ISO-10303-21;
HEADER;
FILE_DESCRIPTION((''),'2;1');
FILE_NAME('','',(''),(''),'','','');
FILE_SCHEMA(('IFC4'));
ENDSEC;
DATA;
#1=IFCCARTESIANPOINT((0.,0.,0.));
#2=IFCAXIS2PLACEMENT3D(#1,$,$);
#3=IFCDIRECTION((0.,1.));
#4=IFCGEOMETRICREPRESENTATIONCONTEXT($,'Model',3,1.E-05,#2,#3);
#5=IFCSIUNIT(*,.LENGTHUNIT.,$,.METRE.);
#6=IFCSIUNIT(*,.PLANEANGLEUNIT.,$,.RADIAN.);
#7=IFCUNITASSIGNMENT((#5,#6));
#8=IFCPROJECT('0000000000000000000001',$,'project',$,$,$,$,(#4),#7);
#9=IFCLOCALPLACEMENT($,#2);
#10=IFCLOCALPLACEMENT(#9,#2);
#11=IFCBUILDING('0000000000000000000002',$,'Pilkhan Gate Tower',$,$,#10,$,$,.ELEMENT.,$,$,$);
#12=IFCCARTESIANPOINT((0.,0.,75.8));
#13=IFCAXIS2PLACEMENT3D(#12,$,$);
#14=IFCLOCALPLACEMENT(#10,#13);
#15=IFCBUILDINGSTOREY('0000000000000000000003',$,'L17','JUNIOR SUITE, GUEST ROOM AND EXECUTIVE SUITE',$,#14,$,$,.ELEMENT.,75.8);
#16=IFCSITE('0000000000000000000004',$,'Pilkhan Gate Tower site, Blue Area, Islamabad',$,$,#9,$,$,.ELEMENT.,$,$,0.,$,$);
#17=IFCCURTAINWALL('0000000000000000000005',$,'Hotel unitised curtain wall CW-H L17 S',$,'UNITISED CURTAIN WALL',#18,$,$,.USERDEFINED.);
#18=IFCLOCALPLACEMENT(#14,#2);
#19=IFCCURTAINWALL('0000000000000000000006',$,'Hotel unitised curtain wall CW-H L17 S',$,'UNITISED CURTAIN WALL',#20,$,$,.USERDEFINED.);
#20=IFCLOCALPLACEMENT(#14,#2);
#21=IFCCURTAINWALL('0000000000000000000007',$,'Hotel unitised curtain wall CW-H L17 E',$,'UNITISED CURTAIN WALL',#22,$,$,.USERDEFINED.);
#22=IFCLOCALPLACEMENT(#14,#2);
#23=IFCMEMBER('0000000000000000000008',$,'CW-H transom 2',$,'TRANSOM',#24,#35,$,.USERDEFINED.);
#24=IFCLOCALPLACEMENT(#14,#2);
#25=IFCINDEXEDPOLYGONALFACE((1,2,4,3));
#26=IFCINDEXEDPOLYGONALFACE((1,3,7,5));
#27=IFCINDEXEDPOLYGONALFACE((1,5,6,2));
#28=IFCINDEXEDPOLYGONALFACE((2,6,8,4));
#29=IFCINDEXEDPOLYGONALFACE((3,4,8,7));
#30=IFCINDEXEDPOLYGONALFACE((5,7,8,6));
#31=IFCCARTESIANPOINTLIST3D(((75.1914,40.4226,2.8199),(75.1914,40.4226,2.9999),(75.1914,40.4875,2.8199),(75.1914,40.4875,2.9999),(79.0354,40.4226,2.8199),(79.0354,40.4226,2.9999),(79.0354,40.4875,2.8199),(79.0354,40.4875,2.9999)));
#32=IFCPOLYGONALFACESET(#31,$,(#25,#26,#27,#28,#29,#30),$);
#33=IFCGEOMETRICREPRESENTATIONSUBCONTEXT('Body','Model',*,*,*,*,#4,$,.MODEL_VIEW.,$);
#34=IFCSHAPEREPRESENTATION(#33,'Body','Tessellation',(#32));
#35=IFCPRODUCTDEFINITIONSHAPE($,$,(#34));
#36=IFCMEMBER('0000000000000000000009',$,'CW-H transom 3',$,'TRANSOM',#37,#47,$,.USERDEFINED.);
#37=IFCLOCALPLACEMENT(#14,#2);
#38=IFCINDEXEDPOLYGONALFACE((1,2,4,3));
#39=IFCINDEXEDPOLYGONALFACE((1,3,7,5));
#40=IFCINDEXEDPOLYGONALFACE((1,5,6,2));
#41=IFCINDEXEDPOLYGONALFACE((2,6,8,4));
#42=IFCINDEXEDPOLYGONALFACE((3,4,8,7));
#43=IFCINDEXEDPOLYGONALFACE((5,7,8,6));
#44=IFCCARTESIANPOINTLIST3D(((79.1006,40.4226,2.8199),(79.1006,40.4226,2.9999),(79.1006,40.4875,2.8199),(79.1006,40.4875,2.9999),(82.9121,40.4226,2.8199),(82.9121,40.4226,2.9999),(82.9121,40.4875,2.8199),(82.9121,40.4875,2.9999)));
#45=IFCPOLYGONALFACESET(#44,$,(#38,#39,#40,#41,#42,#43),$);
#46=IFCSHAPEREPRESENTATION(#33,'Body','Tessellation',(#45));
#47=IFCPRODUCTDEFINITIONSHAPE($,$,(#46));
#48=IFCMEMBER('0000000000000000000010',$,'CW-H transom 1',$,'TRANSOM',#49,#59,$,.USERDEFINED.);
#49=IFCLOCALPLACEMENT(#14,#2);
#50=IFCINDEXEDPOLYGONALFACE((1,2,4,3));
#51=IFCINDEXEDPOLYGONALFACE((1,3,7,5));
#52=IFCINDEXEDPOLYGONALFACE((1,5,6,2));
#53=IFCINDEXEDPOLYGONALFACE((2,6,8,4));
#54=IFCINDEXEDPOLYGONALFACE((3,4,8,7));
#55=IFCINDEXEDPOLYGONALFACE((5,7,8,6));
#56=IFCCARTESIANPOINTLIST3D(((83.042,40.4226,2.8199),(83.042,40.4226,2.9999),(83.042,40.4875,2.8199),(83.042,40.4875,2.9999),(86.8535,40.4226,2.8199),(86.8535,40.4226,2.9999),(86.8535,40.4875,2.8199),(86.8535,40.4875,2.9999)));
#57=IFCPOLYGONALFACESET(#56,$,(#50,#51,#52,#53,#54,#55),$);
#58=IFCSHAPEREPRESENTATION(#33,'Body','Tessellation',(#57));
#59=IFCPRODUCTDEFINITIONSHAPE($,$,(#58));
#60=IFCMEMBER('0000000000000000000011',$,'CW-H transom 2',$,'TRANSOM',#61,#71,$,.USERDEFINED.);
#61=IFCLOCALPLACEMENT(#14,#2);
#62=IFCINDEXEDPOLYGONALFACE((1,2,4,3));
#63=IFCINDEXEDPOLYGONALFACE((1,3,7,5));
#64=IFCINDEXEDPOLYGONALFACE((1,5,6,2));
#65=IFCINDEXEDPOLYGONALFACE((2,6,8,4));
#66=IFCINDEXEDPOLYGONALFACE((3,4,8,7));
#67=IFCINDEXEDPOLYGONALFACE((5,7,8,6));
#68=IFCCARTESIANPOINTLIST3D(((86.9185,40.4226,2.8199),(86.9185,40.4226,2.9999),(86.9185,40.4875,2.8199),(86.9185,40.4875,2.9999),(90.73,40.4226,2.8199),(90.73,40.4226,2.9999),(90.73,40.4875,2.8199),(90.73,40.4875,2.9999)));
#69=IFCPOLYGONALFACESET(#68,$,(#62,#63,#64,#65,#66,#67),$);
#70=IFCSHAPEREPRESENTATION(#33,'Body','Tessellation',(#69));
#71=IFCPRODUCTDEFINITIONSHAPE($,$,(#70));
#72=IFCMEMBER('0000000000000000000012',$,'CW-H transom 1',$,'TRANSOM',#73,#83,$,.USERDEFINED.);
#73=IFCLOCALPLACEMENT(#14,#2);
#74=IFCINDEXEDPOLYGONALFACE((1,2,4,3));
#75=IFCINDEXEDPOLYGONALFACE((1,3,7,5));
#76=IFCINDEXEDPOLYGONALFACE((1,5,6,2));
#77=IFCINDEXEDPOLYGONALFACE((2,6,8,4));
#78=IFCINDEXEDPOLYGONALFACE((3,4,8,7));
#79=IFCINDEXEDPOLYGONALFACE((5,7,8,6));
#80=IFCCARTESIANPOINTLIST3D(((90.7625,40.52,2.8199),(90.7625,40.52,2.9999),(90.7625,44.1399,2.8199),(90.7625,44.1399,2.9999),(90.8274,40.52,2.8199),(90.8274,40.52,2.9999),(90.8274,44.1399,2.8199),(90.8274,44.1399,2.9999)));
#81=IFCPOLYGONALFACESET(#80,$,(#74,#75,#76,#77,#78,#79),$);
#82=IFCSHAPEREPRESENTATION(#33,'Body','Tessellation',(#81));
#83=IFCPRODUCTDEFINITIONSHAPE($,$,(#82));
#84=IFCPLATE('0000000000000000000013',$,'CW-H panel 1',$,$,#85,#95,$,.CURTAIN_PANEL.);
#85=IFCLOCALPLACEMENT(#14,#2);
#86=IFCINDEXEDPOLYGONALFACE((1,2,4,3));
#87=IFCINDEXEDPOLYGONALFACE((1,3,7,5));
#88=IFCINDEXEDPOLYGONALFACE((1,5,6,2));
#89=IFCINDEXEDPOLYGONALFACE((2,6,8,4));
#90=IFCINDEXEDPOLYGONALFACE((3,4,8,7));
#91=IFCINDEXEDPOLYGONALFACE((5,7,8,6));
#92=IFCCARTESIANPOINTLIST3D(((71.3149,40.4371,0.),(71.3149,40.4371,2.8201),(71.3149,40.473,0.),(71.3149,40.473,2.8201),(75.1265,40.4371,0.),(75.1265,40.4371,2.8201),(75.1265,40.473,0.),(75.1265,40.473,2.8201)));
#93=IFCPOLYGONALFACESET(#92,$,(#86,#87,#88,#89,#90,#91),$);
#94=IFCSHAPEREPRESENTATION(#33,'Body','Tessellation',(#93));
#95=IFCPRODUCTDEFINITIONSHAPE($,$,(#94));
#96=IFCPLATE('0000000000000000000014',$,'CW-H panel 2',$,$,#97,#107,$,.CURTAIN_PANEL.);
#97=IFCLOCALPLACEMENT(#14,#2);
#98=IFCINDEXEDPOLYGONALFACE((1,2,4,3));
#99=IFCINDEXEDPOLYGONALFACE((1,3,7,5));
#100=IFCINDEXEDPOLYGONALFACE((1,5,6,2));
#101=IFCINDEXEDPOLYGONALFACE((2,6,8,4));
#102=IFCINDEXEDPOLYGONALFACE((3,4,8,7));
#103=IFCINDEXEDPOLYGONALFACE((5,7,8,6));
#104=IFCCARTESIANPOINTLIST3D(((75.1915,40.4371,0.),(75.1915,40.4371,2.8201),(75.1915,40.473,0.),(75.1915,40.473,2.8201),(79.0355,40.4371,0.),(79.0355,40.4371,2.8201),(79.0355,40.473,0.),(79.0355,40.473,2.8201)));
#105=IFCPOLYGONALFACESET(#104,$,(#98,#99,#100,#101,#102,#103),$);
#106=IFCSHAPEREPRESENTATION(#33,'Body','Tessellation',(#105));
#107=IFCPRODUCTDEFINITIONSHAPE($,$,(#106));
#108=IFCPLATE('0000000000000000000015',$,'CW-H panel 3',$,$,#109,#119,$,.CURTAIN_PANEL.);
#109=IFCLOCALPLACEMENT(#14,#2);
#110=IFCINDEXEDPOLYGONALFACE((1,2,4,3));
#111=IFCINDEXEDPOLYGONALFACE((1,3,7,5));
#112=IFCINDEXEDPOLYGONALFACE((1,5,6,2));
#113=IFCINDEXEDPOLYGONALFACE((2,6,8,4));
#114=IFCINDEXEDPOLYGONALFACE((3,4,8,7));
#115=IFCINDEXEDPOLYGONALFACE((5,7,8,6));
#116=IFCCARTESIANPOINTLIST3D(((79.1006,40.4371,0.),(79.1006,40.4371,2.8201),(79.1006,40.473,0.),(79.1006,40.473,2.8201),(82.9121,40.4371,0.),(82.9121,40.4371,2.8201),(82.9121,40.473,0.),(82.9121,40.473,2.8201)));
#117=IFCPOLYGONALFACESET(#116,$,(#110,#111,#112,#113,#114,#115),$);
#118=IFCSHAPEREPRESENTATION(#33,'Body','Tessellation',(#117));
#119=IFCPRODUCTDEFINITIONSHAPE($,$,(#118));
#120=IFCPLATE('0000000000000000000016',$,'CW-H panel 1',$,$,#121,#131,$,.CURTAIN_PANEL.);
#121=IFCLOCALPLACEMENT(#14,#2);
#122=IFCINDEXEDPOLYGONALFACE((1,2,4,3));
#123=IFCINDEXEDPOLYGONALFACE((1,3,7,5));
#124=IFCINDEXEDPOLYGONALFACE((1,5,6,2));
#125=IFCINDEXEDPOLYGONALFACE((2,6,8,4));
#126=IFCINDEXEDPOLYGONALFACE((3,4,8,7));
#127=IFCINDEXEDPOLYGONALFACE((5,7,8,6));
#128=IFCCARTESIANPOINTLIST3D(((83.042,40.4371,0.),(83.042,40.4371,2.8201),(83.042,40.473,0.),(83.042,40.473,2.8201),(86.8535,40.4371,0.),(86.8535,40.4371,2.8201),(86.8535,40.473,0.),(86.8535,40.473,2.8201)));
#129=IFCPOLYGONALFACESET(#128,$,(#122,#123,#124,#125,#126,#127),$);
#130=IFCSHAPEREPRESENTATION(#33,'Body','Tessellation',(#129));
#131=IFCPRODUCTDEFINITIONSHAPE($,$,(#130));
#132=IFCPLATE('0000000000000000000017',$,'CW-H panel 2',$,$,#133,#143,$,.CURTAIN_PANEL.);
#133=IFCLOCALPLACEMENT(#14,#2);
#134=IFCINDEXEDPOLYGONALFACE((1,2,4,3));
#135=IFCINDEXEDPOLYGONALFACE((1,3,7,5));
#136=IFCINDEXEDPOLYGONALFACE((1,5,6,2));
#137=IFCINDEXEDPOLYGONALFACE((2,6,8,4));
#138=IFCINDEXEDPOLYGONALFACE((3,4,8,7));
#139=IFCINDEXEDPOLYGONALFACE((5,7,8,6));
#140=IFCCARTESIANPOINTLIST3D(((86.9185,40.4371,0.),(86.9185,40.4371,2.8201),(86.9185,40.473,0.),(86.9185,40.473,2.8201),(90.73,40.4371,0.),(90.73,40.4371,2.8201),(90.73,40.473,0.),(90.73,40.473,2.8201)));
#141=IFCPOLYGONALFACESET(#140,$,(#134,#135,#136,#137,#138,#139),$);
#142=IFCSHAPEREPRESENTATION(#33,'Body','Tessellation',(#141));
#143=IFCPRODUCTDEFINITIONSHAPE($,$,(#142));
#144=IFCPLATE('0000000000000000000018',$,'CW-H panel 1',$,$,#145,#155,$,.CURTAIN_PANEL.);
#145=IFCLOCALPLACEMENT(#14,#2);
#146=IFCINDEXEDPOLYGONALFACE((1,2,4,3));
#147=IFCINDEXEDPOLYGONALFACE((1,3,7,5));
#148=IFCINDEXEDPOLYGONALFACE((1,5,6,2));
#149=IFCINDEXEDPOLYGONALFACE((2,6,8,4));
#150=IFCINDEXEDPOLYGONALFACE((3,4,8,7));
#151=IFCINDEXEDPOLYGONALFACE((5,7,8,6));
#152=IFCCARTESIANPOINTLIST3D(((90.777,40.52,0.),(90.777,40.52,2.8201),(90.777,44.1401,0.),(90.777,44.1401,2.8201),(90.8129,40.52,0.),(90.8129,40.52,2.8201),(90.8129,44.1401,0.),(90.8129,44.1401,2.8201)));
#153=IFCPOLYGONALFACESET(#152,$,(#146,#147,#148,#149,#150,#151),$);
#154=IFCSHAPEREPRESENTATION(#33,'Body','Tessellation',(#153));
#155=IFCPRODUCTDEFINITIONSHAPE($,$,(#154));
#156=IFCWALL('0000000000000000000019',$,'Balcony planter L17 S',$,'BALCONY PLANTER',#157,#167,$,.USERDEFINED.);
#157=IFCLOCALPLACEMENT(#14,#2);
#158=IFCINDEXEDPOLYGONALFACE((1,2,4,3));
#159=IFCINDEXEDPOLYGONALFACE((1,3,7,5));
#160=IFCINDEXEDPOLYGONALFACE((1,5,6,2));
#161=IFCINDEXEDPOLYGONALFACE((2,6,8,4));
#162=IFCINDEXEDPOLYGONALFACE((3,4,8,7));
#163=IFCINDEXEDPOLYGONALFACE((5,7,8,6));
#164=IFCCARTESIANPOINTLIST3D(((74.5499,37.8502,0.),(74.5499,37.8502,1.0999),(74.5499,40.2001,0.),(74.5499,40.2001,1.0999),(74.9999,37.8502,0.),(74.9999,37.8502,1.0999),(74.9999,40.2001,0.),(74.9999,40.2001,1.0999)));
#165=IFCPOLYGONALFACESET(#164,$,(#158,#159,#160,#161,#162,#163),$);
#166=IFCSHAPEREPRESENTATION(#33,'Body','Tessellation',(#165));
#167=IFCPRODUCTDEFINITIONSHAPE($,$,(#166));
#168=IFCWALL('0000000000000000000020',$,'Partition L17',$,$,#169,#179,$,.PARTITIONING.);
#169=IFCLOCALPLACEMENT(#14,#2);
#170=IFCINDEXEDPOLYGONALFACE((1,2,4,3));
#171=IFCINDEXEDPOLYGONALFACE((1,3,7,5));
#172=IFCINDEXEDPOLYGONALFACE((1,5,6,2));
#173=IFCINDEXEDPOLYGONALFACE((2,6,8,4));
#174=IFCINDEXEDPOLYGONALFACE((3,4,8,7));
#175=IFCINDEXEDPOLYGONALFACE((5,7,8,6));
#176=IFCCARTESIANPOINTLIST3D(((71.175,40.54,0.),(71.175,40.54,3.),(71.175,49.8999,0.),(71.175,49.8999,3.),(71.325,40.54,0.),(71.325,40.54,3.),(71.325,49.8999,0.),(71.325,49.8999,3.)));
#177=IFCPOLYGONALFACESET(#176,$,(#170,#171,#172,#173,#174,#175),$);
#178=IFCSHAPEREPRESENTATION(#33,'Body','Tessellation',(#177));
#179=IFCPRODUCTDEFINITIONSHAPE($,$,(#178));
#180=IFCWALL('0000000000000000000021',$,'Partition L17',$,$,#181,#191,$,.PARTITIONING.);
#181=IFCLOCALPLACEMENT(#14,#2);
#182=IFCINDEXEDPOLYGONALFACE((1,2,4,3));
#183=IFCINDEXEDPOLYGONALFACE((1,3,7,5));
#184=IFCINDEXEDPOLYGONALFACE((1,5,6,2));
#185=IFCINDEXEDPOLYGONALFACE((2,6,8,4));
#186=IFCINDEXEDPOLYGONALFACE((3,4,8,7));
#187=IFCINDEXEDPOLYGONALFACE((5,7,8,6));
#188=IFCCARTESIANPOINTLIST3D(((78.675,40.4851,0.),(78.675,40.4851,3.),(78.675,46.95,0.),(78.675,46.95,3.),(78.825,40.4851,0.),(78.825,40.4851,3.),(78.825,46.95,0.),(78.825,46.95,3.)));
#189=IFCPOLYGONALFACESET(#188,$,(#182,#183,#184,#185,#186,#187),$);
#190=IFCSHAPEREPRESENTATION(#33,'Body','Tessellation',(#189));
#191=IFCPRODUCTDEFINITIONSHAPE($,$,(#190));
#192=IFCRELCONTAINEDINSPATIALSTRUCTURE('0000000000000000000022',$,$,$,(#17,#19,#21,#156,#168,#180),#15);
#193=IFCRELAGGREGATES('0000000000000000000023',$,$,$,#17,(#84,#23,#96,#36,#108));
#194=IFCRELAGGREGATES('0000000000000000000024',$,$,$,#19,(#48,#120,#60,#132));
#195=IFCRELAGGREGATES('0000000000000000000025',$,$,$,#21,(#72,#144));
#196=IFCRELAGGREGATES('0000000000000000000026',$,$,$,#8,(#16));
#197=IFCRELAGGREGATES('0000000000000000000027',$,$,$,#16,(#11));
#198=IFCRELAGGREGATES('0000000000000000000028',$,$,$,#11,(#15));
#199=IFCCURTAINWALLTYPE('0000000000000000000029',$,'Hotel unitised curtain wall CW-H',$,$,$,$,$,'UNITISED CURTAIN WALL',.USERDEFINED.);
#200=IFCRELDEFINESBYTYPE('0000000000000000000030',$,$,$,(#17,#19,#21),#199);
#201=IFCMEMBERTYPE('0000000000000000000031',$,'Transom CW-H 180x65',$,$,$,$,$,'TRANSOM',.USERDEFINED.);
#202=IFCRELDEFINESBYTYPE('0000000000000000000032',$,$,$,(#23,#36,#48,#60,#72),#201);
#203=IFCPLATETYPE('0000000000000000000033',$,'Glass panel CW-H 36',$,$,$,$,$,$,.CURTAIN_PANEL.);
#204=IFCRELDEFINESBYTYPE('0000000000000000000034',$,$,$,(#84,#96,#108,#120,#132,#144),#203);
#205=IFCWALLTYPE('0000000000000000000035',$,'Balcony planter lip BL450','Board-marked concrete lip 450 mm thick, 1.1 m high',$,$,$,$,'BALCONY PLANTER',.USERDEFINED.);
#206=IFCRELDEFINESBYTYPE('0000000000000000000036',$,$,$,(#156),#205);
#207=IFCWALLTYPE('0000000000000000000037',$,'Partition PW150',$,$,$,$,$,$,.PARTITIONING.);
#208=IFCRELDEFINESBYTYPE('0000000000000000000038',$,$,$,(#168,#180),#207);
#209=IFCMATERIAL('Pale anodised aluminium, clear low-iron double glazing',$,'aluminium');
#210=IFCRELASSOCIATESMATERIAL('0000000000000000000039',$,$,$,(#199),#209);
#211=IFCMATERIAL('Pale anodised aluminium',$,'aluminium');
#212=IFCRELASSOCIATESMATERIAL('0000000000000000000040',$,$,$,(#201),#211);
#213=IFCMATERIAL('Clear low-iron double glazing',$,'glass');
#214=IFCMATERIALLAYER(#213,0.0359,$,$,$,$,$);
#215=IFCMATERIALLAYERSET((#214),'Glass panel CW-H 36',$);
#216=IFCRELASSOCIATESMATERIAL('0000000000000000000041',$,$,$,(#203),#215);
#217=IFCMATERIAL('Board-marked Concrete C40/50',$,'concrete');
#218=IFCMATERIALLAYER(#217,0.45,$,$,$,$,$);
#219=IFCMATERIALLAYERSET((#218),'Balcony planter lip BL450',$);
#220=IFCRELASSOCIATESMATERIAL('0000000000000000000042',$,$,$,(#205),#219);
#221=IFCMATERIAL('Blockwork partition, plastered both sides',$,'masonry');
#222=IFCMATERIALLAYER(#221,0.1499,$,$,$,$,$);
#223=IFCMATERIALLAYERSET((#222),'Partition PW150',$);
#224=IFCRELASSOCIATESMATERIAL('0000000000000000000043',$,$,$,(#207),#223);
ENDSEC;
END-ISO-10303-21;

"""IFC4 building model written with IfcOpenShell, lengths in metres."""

from ifc_helpers import new_model, si_unit, direction, frame, frame_2d, origin, origin_2d, place, context, subcontext, project, spatial, rectangle, extrude, material, layer, layer_set, material_profile, profile_set, type_object, element, aggregate, save


model = new_model("IFC4")

# Units and contexts
model_context = context("Model", 3, precision=1e-05, world=origin(), true_north=direction((0.0, 1.0)))
body_context = subcontext(model_context, "Body", "Model", "MODEL_VIEW")
ifc_project = project(units=[si_unit("LENGTHUNIT", "METRE"), si_unit("PLANEANGLEUNIT", "RADIAN")], contexts=[model_context])

# Site, building, storey
site_placement = place(None, origin())
site = spatial("IfcSite", under=ifc_project, at=site_placement, Name="Pilkhan Gate Tower site, Blue Area, Islamabad", CompositionType="ELEMENT", RefElevation=0.0)
building_placement = place(site_placement, origin())
building = spatial("IfcBuilding", under=site, at=building_placement, Name="Pilkhan Gate Tower", CompositionType="ELEMENT")
storey_placement = place(building_placement, frame((0.0, 0.0, 75.8)))
storey = spatial("IfcBuildingStorey", under=building, at=storey_placement, Name="L17", Description="JUNIOR SUITE, GUEST ROOM AND EXECUTIVE SUITE", CompositionType="ELEMENT", Elevation=75.8)

# Curtain walls
ifc_material_1 = material(Name="Pale anodised aluminium, clear low-iron double glazing", Category="aluminium")
curtain_wall_type = type_object("IfcCurtainWallType", Name="Hotel unitised curtain wall CW-H", ElementType="UNITISED CURTAIN WALL", PredefinedType="USERDEFINED", material=ifc_material_1)
curtain_wall_1_placement = place(storey_placement, origin())
curtain_wall_1 = element("IfcCurtainWall", 1, at=curtain_wall_1_placement, inside=storey, type_object=curtain_wall_type, Name="Hotel unitised curtain wall CW-H L17 S", ObjectType="UNITISED CURTAIN WALL", PredefinedType="USERDEFINED")
ifc_material_2 = material(Name="Pale anodised aluminium", Category="aluminium")
curtain_wall_2_placement = place(storey_placement, origin())
curtain_wall_2 = element("IfcCurtainWall", 2, at=curtain_wall_2_placement, inside=storey, type_object=curtain_wall_type, Name="Hotel unitised curtain wall CW-H L17 S", ObjectType="UNITISED CURTAIN WALL", PredefinedType="USERDEFINED")
curtain_wall_3_placement = place(storey_placement, origin())
curtain_wall_3 = element("IfcCurtainWall", 3, at=curtain_wall_3_placement, inside=storey, type_object=curtain_wall_type, Name="Hotel unitised curtain wall CW-H L17 E", ObjectType="UNITISED CURTAIN WALL", PredefinedType="USERDEFINED")

# Members
ifc_material_profile_1 = material_profile(ifc_material_2, rectangle(XDim=0.0649, YDim=0.1799, at=origin_2d()), Name="Transom 180x65")
ifc_profile_set_1 = profile_set([ifc_material_profile_1], Name="Pale anodised aluminium")
member_type_1 = type_object("IfcMemberType", Name="Transom CW-H 180x65", ElementType="TRANSOM", PredefinedType="USERDEFINED", material=ifc_profile_set_1)
member_1_placement = place(storey_placement, frame((75.1914, 40.4551, 2.9099), z_axis=(1.0, 0.0, 0.0), x_axis=(0.0, 1.0, 0.0)))
member_1 = element("IfcMember", 4, at=member_1_placement, type_object=member_type_1, Name="CW-H transom 2", ObjectType="TRANSOM", PredefinedType="USERDEFINED", context=body_context, shape_type="SweptSolid", body=[
    extrude(rectangle(XDim=0.0649, YDim=0.1799, at=origin_2d()), origin(), (0.0, 0.0, 1.0), 3.844),
])
member_2_placement = place(storey_placement, frame((79.1006, 40.4551, 2.9099), z_axis=(1.0, 0.0, 0.0), x_axis=(0.0, 1.0, 0.0)))
member_2 = element("IfcMember", 5, at=member_2_placement, type_object=member_type_1, Name="CW-H transom 3", ObjectType="TRANSOM", PredefinedType="USERDEFINED", context=body_context, shape_type="SweptSolid", body=[
    extrude(rectangle(XDim=0.0649, YDim=0.1799, at=origin_2d()), origin(), (0.0, 0.0, 1.0), 3.8115),
])
member_3_placement = place(storey_placement, frame((83.042, 40.4551, 2.9099), z_axis=(1.0, 0.0, 0.0), x_axis=(0.0, 1.0, 0.0)))
member_3 = element("IfcMember", 6, at=member_3_placement, type_object=member_type_1, Name="CW-H transom 1", ObjectType="TRANSOM", PredefinedType="USERDEFINED", context=body_context, shape_type="SweptSolid", body=[
    extrude(rectangle(XDim=0.0649, YDim=0.1799, at=origin_2d()), origin(), (0.0, 0.0, 1.0), 3.8115),
])
member_4_placement = place(storey_placement, frame((86.9185, 40.4551, 2.9099), z_axis=(1.0, 0.0, 0.0), x_axis=(0.0, 1.0, 0.0)))
member_4 = element("IfcMember", 7, at=member_4_placement, type_object=member_type_1, Name="CW-H transom 2", ObjectType="TRANSOM", PredefinedType="USERDEFINED", context=body_context, shape_type="SweptSolid", body=[
    extrude(rectangle(XDim=0.0649, YDim=0.1799, at=origin_2d()), origin(), (0.0, 0.0, 1.0), 3.8115),
])
member_5_placement = place(storey_placement, frame((90.7949, 40.52, 2.9099), z_axis=(0.0, 1.0, 0.0), x_axis=(-1.0, 0.0, 0.0)))
member_5 = element("IfcMember", 8, at=member_5_placement, type_object=member_type_1, Name="CW-H transom 1", ObjectType="TRANSOM", PredefinedType="USERDEFINED", context=body_context, shape_type="SweptSolid", body=[
    extrude(rectangle(XDim=0.0649, YDim=0.1799, at=origin_2d()), origin(), (0.0, 0.0, 1.0), 3.6199),
])

# Plates
ifc_material_3 = material(Name="Clear low-iron double glazing", Category="glass")
ifc_layer_1 = layer(ifc_material_3, 0.0359)
ifc_layer_set_1 = layer_set([ifc_layer_1], Name="Glass panel CW-H 36")
plate_type = type_object("IfcPlateType", Name="Glass panel CW-H 36", PredefinedType="CURTAIN_PANEL", material=ifc_layer_set_1)
plate_1_placement = place(storey_placement, frame((73.2207, 40.4551, 0.0), z_axis=(0.0, 0.0, 1.0), x_axis=(1.0, 0.0, 0.0)))
plate_1 = element("IfcPlate", 9, at=plate_1_placement, type_object=plate_type, Name="CW-H panel 1", PredefinedType="CURTAIN_PANEL", context=body_context, shape_type="SweptSolid", body=[
    extrude(rectangle(XDim=3.8115, YDim=0.0359, at=origin_2d()), origin(), (0.0, 0.0, 1.0), 2.8201),
])
plate_2_placement = place(storey_placement, frame((77.1135, 40.4551, 0.0), z_axis=(0.0, 0.0, 1.0), x_axis=(1.0, 0.0, 0.0)))
plate_2 = element("IfcPlate", 10, at=plate_2_placement, type_object=plate_type, Name="CW-H panel 2", PredefinedType="CURTAIN_PANEL", context=body_context, shape_type="SweptSolid", body=[
    extrude(rectangle(XDim=3.844, YDim=0.0359, at=origin_2d()), origin(), (0.0, 0.0, 1.0), 2.8201),
])
plate_3_placement = place(storey_placement, frame((81.0063, 40.4551, 0.0), z_axis=(0.0, 0.0, 1.0), x_axis=(1.0, 0.0, 0.0)))
plate_3 = element("IfcPlate", 11, at=plate_3_placement, type_object=plate_type, Name="CW-H panel 3", PredefinedType="CURTAIN_PANEL", context=body_context, shape_type="SweptSolid", body=[
    extrude(rectangle(XDim=3.8115, YDim=0.0359, at=origin_2d()), origin(), (0.0, 0.0, 1.0), 2.8201),
])
aggregate(curtain_wall_1, [plate_1, member_1, plate_2, member_2, plate_3])
plate_4_placement = place(storey_placement, frame((84.9478, 40.4551, 0.0), z_axis=(0.0, 0.0, 1.0), x_axis=(1.0, 0.0, 0.0)))
plate_4 = element("IfcPlate", 12, at=plate_4_placement, type_object=plate_type, Name="CW-H panel 1", PredefinedType="CURTAIN_PANEL", context=body_context, shape_type="SweptSolid", body=[
    extrude(rectangle(XDim=3.8115, YDim=0.0359, at=origin_2d()), origin(), (0.0, 0.0, 1.0), 2.8201),
])
plate_5_placement = place(storey_placement, frame((88.8242, 40.4551, 0.0), z_axis=(0.0, 0.0, 1.0), x_axis=(1.0, 0.0, 0.0)))
plate_5 = element("IfcPlate", 13, at=plate_5_placement, type_object=plate_type, Name="CW-H panel 2", PredefinedType="CURTAIN_PANEL", context=body_context, shape_type="SweptSolid", body=[
    extrude(rectangle(XDim=3.8115, YDim=0.0359, at=origin_2d()), origin(), (0.0, 0.0, 1.0), 2.8201),
])
aggregate(curtain_wall_2, [member_3, plate_4, member_4, plate_5])
plate_6_placement = place(storey_placement, frame((90.7949, 42.3301, 0.0), z_axis=(0.0, 0.0, 1.0), x_axis=(0.0, 1.0, 0.0)))
plate_6 = element("IfcPlate", 14, at=plate_6_placement, type_object=plate_type, Name="CW-H panel 1", PredefinedType="CURTAIN_PANEL", context=body_context, shape_type="SweptSolid", body=[
    extrude(rectangle(XDim=3.6201, YDim=0.0359, at=origin_2d()), origin(), (0.0, 0.0, 1.0), 2.8201),
])
aggregate(curtain_wall_3, [member_5, plate_6])

# Walls
ifc_material_4 = material(Name="Board-marked Concrete C40/50", Category="concrete")
ifc_layer_2 = layer(ifc_material_4, 0.45)
ifc_layer_set_2 = layer_set([ifc_layer_2], Name="Balcony planter lip BL450")
wall_type_1 = type_object("IfcWallType", Name="Balcony planter lip BL450", Description="Board-marked concrete lip 450 mm thick, 1.1 m high", ElementType="BALCONY PLANTER", PredefinedType="USERDEFINED", material=ifc_layer_set_2)
wall_1_placement = place(storey_placement, frame((74.7749, 40.2, 0.0), z_axis=(0.0, 0.0, 1.0), x_axis=(0.0, -1.0, 0.0)))
element("IfcWall", 15, at=wall_1_placement, inside=storey, type_object=wall_type_1, Name="Balcony planter L17 S", ObjectType="BALCONY PLANTER", PredefinedType="USERDEFINED", context=body_context, shape_type="SweptSolid", body=[
    extrude(rectangle(XDim=2.3499, YDim=0.45, at=frame_2d((1.1748, 0.0))), origin(), (0.0, 0.0, 1.0), 1.0999),
])
ifc_material_5 = material(Name="Blockwork partition, plastered both sides", Category="masonry")
ifc_layer_3 = layer(ifc_material_5, 0.1499)
ifc_layer_set_3 = layer_set([ifc_layer_3], Name="Partition PW150")
wall_type_2 = type_object("IfcWallType", Name="Partition PW150", PredefinedType="PARTITIONING", material=ifc_layer_set_3)
wall_2_placement = place(storey_placement, frame((71.25, 40.54, 0.0), z_axis=(0.0, 0.0, 1.0), x_axis=(0.0, 1.0, 0.0)))
element("IfcWall", 16, at=wall_2_placement, inside=storey, type_object=wall_type_2, Name="Partition L17", PredefinedType="PARTITIONING", context=body_context, shape_type="SweptSolid", body=[
    extrude(rectangle(XDim=9.3599, YDim=0.1499, at=frame_2d((4.6799, 0.0))), origin(), (0.0, 0.0, 1.0), 3.0),
])
wall_3_placement = place(storey_placement, frame((78.75, 40.4851, 0.0), z_axis=(0.0, 0.0, 1.0), x_axis=(0.0, 1.0, 0.0)))
element("IfcWall", 17, at=wall_3_placement, inside=storey, type_object=wall_type_2, Name="Partition L17", PredefinedType="PARTITIONING", context=body_context, shape_type="SweptSolid", body=[
    extrude(rectangle(XDim=6.4648, YDim=0.1499, at=frame_2d((3.2324, 0.0))), origin(), (0.0, 0.0, 1.0), 3.0),
])

save(model, "model.ifc")
